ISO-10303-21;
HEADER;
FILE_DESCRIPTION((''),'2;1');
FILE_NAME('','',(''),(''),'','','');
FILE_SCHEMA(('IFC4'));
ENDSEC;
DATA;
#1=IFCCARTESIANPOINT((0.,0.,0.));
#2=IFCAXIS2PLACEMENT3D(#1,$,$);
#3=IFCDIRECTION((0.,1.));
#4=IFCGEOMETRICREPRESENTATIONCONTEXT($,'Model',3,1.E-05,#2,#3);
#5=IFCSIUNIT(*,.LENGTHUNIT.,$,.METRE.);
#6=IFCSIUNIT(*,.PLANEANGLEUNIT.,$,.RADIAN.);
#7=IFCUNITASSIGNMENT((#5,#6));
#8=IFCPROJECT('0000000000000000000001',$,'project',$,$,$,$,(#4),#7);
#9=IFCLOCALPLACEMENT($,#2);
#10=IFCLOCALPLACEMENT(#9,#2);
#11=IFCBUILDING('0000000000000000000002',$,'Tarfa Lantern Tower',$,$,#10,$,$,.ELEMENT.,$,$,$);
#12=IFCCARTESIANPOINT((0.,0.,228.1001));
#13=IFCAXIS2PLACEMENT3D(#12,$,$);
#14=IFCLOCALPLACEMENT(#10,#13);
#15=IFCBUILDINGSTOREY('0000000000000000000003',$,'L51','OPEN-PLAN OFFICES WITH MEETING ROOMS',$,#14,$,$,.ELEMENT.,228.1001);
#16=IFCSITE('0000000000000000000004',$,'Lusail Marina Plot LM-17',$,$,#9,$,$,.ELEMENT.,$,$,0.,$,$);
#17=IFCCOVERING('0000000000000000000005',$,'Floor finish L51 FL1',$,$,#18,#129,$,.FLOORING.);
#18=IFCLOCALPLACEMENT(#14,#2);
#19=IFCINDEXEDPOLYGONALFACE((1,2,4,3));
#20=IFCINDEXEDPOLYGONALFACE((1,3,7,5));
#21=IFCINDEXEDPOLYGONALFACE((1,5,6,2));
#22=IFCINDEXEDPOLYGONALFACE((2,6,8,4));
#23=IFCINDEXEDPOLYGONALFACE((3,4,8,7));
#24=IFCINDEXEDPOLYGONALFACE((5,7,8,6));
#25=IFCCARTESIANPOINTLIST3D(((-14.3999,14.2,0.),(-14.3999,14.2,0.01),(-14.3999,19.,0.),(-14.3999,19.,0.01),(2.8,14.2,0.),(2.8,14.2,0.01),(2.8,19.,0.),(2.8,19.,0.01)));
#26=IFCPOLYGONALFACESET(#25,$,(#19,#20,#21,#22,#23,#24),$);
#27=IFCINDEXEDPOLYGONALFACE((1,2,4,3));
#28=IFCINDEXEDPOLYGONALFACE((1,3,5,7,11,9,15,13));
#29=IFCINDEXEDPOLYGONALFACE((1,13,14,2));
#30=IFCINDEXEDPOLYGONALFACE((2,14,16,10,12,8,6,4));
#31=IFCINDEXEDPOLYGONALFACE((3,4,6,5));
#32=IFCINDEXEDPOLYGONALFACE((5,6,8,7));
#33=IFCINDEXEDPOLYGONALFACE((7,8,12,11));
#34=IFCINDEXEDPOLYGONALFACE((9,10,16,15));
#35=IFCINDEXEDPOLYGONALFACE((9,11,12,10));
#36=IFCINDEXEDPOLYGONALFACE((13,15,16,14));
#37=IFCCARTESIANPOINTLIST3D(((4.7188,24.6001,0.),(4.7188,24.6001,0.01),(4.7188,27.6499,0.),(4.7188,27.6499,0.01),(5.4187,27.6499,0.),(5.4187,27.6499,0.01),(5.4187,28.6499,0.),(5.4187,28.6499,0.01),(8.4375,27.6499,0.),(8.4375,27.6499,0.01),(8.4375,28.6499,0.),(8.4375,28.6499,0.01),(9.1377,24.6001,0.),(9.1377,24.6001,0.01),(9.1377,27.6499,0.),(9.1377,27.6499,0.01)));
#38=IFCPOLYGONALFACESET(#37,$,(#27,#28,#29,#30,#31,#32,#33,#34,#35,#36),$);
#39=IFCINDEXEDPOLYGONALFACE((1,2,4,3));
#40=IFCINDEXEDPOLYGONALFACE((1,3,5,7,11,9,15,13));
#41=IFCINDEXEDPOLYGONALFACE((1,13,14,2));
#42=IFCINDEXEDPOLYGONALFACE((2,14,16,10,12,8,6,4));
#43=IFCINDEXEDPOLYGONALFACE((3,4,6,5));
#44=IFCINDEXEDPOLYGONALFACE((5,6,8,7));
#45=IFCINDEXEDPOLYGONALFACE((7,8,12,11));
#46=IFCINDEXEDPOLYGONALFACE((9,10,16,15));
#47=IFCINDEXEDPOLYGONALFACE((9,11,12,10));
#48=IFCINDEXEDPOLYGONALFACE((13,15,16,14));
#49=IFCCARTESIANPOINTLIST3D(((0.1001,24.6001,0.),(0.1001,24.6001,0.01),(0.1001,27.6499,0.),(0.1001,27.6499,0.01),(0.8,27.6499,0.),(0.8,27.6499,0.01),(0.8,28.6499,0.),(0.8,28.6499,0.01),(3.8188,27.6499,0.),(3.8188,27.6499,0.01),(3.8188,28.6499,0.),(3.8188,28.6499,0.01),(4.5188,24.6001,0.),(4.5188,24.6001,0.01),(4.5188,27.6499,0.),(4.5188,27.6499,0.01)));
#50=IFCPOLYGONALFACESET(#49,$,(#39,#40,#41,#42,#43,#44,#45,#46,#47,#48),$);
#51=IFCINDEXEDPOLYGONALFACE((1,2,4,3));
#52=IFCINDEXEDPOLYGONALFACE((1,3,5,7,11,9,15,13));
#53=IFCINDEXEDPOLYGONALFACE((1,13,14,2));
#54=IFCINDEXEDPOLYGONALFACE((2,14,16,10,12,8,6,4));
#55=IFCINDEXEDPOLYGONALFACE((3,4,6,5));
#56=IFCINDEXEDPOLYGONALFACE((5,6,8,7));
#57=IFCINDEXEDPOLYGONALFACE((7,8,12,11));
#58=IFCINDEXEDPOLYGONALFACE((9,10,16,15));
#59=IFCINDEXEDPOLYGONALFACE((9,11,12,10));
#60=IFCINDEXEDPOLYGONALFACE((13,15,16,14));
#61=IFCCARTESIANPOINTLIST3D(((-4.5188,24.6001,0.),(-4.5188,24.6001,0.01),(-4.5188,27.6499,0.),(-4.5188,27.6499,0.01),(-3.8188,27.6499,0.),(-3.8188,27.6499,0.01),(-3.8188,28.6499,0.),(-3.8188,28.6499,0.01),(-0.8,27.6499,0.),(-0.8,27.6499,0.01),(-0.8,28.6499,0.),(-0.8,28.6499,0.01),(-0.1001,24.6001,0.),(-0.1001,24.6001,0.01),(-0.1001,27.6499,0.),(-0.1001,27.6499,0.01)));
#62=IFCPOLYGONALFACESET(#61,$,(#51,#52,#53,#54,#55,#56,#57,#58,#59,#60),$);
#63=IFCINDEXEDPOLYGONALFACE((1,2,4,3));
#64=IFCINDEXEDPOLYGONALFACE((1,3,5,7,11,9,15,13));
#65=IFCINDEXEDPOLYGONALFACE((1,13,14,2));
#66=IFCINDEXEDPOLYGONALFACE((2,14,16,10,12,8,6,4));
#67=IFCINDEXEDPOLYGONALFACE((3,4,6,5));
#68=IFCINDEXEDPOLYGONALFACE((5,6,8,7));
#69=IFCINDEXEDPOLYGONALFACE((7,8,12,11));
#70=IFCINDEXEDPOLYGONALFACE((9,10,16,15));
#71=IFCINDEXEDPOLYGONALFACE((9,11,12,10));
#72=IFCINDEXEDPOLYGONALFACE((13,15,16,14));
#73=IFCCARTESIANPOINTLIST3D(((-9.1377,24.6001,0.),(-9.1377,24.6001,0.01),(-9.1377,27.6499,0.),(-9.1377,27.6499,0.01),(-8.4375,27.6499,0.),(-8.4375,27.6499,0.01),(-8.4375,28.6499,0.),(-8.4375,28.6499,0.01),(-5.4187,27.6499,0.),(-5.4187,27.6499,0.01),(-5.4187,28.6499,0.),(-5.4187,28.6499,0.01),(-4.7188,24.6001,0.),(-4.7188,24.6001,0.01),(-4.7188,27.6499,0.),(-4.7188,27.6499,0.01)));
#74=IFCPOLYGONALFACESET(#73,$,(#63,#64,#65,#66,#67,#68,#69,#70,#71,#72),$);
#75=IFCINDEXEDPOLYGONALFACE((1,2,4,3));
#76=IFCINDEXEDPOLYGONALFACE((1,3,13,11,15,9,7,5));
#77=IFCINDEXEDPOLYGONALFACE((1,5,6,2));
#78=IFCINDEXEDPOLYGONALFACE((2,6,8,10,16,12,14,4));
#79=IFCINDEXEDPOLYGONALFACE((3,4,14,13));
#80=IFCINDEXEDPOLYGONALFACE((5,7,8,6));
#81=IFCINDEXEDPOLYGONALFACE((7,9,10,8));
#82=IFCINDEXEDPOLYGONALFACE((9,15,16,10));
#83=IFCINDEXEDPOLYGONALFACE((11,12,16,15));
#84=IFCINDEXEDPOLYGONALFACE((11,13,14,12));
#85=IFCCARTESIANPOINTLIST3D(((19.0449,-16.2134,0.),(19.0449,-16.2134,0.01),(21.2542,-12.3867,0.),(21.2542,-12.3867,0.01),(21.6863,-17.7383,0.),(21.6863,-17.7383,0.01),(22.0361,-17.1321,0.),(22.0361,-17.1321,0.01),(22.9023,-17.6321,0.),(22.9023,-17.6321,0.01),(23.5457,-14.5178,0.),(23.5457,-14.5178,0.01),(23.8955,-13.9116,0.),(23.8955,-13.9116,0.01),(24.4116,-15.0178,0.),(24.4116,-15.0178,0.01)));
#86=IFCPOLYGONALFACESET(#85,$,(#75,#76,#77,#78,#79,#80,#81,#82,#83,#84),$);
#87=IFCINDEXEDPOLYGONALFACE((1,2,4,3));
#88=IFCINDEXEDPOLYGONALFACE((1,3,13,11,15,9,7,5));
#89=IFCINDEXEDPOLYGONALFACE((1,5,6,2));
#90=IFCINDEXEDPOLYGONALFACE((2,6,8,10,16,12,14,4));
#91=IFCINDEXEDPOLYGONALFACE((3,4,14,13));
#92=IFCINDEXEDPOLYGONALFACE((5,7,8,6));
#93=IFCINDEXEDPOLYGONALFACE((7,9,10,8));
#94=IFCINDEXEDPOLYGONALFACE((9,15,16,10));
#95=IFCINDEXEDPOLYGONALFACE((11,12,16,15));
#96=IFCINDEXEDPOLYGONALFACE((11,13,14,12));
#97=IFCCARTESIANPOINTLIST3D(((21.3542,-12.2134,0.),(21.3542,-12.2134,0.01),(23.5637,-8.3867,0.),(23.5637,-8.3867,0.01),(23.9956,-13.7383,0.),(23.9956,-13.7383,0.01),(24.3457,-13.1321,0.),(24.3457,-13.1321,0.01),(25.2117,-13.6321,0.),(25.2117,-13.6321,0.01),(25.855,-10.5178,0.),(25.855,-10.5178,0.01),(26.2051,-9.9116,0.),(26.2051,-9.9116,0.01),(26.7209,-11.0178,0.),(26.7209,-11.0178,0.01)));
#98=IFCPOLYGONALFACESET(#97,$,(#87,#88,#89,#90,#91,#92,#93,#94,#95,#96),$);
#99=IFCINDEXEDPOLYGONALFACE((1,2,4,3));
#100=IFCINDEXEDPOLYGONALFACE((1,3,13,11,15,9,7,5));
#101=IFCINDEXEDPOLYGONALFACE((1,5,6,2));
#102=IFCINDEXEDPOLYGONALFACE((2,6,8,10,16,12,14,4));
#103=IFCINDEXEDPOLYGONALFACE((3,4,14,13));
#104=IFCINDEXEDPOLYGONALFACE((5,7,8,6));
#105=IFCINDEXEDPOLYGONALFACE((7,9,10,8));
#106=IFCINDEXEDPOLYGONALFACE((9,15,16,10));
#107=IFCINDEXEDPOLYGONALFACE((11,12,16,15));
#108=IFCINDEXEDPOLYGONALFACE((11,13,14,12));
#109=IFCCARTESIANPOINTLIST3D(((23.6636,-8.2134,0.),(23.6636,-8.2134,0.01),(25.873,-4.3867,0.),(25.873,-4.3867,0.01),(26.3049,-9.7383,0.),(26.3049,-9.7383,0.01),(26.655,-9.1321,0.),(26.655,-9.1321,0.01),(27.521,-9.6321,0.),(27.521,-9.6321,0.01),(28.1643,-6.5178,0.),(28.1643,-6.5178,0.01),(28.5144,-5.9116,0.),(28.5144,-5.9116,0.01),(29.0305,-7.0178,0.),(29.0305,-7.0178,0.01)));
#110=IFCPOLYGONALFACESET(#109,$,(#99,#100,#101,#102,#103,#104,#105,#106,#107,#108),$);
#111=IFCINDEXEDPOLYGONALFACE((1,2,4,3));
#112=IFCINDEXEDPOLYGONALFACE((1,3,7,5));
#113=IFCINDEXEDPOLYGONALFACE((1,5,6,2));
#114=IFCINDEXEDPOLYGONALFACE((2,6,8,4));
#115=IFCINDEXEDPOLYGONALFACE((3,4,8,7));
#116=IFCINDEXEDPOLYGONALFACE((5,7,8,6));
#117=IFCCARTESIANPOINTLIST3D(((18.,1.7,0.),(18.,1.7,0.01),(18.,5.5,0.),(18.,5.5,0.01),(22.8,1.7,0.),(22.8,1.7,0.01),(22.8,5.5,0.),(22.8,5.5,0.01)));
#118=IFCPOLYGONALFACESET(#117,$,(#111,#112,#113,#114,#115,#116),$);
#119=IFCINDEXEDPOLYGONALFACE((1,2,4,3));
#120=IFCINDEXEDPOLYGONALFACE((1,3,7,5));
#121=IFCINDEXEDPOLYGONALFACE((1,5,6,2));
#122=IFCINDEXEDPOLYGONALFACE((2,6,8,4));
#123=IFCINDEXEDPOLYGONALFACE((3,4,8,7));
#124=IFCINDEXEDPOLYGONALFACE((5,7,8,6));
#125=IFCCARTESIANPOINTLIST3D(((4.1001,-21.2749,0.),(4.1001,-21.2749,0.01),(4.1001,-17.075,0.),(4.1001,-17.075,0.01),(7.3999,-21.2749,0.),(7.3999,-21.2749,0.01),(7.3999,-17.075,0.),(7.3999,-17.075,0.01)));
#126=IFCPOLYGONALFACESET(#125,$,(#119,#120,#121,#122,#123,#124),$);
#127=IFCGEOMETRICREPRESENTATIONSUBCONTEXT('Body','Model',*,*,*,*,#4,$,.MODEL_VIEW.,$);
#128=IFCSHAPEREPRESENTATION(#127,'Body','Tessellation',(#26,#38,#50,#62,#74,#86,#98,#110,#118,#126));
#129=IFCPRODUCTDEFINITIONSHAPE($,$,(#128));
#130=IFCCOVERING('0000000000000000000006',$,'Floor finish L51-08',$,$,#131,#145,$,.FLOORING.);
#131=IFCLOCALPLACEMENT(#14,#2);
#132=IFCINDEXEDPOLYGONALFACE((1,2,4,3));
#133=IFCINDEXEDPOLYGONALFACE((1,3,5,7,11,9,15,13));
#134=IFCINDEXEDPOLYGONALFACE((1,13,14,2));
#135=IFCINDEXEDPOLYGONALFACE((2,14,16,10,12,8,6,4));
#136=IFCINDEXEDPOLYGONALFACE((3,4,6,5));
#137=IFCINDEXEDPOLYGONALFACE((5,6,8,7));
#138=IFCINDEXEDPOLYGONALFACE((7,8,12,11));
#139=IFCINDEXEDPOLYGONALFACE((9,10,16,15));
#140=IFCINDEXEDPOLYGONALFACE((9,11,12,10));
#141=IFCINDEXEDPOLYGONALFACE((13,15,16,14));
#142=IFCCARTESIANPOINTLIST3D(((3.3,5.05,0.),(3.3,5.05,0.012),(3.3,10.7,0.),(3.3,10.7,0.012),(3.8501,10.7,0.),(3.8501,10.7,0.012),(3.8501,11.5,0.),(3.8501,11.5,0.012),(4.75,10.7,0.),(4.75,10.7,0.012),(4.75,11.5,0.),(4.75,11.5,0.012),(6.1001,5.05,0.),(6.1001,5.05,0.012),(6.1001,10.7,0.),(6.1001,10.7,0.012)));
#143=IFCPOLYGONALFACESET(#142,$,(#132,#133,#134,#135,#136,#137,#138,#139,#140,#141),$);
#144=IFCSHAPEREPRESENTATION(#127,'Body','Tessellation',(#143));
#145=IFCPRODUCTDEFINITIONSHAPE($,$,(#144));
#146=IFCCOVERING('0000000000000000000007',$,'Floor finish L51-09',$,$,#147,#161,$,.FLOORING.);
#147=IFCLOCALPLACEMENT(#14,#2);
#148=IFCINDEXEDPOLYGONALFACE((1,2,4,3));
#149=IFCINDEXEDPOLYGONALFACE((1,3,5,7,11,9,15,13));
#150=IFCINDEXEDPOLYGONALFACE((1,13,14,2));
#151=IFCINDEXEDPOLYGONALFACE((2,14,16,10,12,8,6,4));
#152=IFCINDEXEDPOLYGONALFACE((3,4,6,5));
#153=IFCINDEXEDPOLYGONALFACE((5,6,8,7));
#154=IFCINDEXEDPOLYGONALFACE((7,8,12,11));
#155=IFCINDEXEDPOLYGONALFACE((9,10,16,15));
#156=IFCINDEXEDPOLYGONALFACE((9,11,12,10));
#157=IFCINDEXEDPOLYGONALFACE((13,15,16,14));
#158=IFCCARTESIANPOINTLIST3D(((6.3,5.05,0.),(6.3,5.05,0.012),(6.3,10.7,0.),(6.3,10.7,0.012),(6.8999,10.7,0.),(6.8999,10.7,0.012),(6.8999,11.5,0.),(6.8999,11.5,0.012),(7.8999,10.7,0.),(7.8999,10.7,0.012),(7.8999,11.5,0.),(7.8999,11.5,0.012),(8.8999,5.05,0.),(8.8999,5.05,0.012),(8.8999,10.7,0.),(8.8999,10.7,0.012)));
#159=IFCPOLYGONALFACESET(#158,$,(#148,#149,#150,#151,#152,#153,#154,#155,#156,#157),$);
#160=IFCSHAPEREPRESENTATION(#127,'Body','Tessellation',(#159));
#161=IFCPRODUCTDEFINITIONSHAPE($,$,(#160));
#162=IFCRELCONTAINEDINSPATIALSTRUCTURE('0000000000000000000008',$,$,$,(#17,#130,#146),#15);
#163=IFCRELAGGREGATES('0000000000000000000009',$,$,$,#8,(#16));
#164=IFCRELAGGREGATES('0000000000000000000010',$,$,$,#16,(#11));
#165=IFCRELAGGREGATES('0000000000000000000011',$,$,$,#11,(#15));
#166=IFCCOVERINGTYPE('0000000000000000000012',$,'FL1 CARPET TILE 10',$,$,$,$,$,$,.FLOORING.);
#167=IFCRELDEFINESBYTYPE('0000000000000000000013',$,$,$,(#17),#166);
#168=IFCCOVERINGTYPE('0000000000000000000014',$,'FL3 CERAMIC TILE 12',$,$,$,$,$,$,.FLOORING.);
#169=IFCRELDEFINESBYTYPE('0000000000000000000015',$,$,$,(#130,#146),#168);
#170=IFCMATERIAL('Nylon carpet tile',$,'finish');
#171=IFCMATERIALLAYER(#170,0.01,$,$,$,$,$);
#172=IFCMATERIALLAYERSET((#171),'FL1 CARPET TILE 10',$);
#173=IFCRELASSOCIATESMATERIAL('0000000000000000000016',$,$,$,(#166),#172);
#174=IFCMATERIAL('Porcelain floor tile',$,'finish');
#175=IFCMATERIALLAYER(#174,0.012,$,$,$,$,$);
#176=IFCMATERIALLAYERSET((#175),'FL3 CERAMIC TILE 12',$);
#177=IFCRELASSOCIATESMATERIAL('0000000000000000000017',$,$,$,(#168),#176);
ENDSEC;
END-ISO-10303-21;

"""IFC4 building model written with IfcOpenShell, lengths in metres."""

from ifc_helpers import new_model, si_unit, direction, frame, origin, place, context, subcontext, project, spatial, polyline, outline, extrude, material, layer, layer_set, type_object, element, save


model = new_model("IFC4")

# Units and contexts
model_context = context("Model", 3, precision=1e-05, world=origin(), true_north=direction((0.0, 1.0)))
body_context = subcontext(model_context, "Body", "Model", "MODEL_VIEW")
ifc_project = project(units=[si_unit("LENGTHUNIT", "METRE"), si_unit("PLANEANGLEUNIT", "RADIAN")], contexts=[model_context])

# Site, building, storey
site_placement = place(None, origin())
site = spatial("IfcSite", under=ifc_project, at=site_placement, Name="Lusail Marina Plot LM-17", CompositionType="ELEMENT", RefElevation=0.0)
building_placement = place(site_placement, origin())
building = spatial("IfcBuilding", under=site, at=building_placement, Name="Tarfa Lantern Tower", CompositionType="ELEMENT")
storey_placement = place(building_placement, frame((0.0, 0.0, 228.1001)))
storey = spatial("IfcBuildingStorey", under=building, at=storey_placement, Name="L51", Description="OPEN-PLAN OFFICES WITH MEETING ROOMS", CompositionType="ELEMENT", Elevation=228.1001)

# Coverings
ifc_material_1 = material(Name="Nylon carpet tile", Category="finish")
ifc_layer_1 = layer(ifc_material_1, 0.01)
ifc_layer_set_1 = layer_set([ifc_layer_1], Name="FL1 CARPET TILE 10")
covering_type_1 = type_object("IfcCoveringType", Name="FL1 CARPET TILE 10", PredefinedType="FLOORING", material=ifc_layer_set_1)
covering_1_placement = place(storey_placement, origin())
element("IfcCovering", 1, at=covering_1_placement, inside=storey, type_object=covering_type_1, Name="Floor finish L51 FL1", PredefinedType="FLOORING", context=body_context, shape_type="SweptSolid", body=[
    extrude(outline(polyline([(-14.3999, 19.0), (2.8, 19.0), (2.8, 14.2), (-14.3999, 14.2), (-14.3999, 19.0)])), origin(), (0.0, 0.0, 1.0), 0.01),
    extrude(outline(polyline([(9.1377, 24.6001), (4.7188, 24.6001), (4.7188, 27.6499), (5.4187, 27.6499), (5.4187, 28.6499), (8.4375, 28.6499), (8.4375, 27.6499), (9.1377, 27.6499), (9.1377, 24.6001)])), origin(), (0.0, 0.0, 1.0), 0.01),
    extrude(outline(polyline([(4.5188, 24.6001), (0.1001, 24.6001), (0.1001, 27.6499), (0.8, 27.6499), (0.8, 28.6499), (3.8188, 28.6499), (3.8188, 27.6499), (4.5188, 27.6499), (4.5188, 24.6001)])), origin(), (0.0, 0.0, 1.0), 0.01),
    extrude(outline(polyline([(-0.1001, 24.6001), (-4.5188, 24.6001), (-4.5188, 27.6499), (-3.8188, 27.6499), (-3.8188, 28.6499), (-0.8, 28.6499), (-0.8, 27.6499), (-0.1001, 27.6499), (-0.1001, 24.6001)])), origin(), (0.0, 0.0, 1.0), 0.01),
    extrude(outline(polyline([(-4.7188, 24.6001), (-9.1377, 24.6001), (-9.1377, 27.6499), (-8.4375, 27.6499), (-8.4375, 28.6499), (-5.4187, 28.6499), (-5.4187, 27.6499), (-4.7188, 27.6499), (-4.7188, 24.6001)])), origin(), (0.0, 0.0, 1.0), 0.01),
    extrude(outline(polyline([(21.2542, -12.3867), (23.8955, -13.9116), (23.5457, -14.5178), (24.4116, -15.0178), (22.9023, -17.6321), (22.0361, -17.1321), (21.6863, -17.7383), (19.0449, -16.2134), (21.2542, -12.3867)])), origin(), (0.0, 0.0, 1.0), 0.01),
    extrude(outline(polyline([(23.5637, -8.3867), (26.2051, -9.9116), (25.855, -10.5178), (26.7209, -11.0178), (25.2117, -13.6321), (24.3457, -13.1321), (23.9956, -13.7383), (21.3542, -12.2134), (23.5637, -8.3867)])), origin(), (0.0, 0.0, 1.0), 0.01),
    extrude(outline(polyline([(25.873, -4.3867), (28.5144, -5.9116), (28.1643, -6.5178), (29.0305, -7.0178), (27.521, -9.6321), (26.655, -9.1321), (26.3049, -9.7383), (23.6636, -8.2134), (25.873, -4.3867)])), origin(), (0.0, 0.0, 1.0), 0.01),
    extrude(outline(polyline([(18.0, 5.5), (22.8, 5.5), (22.8, 1.7), (18.0, 1.7), (18.0, 5.5)])), origin(), (0.0, 0.0, 1.0), 0.01),
    extrude(outline(polyline([(7.3999, -21.2749), (4.1001, -21.2749), (4.1001, -17.075), (7.3999, -17.075), (7.3999, -21.2749)])), origin(), (0.0, 0.0, 1.0), 0.01),
])
ifc_material_2 = material(Name="Porcelain floor tile", Category="finish")
ifc_layer_2 = layer(ifc_material_2, 0.012)
ifc_layer_set_2 = layer_set([ifc_layer_2], Name="FL3 CERAMIC TILE 12")
covering_type_2 = type_object("IfcCoveringType", Name="FL3 CERAMIC TILE 12", PredefinedType="FLOORING", material=ifc_layer_set_2)
covering_2_placement = place(storey_placement, origin())
element("IfcCovering", 2, at=covering_2_placement, inside=storey, type_object=covering_type_2, Name="Floor finish L51-08", PredefinedType="FLOORING", context=body_context, shape_type="SweptSolid", body=[
    extrude(outline(polyline([(3.3, 5.05), (6.1001, 5.05), (6.1001, 10.7), (4.75, 10.7), (4.75, 11.5), (3.8501, 11.5), (3.8501, 10.7), (3.3, 10.7), (3.3, 5.05)])), origin(), (0.0, 0.0, 1.0), 0.012),
])
covering_3_placement = place(storey_placement, origin())
element("IfcCovering", 3, at=covering_3_placement, inside=storey, type_object=covering_type_2, Name="Floor finish L51-09", PredefinedType="FLOORING", context=body_context, shape_type="SweptSolid", body=[
    extrude(outline(polyline([(6.3, 5.05), (8.8999, 5.05), (8.8999, 10.7), (7.8999, 10.7), (7.8999, 11.5), (6.8999, 11.5), (6.8999, 10.7), (6.3, 10.7), (6.3, 5.05)])), origin(), (0.0, 0.0, 1.0), 0.012),
])

save(model, "model.ifc")
